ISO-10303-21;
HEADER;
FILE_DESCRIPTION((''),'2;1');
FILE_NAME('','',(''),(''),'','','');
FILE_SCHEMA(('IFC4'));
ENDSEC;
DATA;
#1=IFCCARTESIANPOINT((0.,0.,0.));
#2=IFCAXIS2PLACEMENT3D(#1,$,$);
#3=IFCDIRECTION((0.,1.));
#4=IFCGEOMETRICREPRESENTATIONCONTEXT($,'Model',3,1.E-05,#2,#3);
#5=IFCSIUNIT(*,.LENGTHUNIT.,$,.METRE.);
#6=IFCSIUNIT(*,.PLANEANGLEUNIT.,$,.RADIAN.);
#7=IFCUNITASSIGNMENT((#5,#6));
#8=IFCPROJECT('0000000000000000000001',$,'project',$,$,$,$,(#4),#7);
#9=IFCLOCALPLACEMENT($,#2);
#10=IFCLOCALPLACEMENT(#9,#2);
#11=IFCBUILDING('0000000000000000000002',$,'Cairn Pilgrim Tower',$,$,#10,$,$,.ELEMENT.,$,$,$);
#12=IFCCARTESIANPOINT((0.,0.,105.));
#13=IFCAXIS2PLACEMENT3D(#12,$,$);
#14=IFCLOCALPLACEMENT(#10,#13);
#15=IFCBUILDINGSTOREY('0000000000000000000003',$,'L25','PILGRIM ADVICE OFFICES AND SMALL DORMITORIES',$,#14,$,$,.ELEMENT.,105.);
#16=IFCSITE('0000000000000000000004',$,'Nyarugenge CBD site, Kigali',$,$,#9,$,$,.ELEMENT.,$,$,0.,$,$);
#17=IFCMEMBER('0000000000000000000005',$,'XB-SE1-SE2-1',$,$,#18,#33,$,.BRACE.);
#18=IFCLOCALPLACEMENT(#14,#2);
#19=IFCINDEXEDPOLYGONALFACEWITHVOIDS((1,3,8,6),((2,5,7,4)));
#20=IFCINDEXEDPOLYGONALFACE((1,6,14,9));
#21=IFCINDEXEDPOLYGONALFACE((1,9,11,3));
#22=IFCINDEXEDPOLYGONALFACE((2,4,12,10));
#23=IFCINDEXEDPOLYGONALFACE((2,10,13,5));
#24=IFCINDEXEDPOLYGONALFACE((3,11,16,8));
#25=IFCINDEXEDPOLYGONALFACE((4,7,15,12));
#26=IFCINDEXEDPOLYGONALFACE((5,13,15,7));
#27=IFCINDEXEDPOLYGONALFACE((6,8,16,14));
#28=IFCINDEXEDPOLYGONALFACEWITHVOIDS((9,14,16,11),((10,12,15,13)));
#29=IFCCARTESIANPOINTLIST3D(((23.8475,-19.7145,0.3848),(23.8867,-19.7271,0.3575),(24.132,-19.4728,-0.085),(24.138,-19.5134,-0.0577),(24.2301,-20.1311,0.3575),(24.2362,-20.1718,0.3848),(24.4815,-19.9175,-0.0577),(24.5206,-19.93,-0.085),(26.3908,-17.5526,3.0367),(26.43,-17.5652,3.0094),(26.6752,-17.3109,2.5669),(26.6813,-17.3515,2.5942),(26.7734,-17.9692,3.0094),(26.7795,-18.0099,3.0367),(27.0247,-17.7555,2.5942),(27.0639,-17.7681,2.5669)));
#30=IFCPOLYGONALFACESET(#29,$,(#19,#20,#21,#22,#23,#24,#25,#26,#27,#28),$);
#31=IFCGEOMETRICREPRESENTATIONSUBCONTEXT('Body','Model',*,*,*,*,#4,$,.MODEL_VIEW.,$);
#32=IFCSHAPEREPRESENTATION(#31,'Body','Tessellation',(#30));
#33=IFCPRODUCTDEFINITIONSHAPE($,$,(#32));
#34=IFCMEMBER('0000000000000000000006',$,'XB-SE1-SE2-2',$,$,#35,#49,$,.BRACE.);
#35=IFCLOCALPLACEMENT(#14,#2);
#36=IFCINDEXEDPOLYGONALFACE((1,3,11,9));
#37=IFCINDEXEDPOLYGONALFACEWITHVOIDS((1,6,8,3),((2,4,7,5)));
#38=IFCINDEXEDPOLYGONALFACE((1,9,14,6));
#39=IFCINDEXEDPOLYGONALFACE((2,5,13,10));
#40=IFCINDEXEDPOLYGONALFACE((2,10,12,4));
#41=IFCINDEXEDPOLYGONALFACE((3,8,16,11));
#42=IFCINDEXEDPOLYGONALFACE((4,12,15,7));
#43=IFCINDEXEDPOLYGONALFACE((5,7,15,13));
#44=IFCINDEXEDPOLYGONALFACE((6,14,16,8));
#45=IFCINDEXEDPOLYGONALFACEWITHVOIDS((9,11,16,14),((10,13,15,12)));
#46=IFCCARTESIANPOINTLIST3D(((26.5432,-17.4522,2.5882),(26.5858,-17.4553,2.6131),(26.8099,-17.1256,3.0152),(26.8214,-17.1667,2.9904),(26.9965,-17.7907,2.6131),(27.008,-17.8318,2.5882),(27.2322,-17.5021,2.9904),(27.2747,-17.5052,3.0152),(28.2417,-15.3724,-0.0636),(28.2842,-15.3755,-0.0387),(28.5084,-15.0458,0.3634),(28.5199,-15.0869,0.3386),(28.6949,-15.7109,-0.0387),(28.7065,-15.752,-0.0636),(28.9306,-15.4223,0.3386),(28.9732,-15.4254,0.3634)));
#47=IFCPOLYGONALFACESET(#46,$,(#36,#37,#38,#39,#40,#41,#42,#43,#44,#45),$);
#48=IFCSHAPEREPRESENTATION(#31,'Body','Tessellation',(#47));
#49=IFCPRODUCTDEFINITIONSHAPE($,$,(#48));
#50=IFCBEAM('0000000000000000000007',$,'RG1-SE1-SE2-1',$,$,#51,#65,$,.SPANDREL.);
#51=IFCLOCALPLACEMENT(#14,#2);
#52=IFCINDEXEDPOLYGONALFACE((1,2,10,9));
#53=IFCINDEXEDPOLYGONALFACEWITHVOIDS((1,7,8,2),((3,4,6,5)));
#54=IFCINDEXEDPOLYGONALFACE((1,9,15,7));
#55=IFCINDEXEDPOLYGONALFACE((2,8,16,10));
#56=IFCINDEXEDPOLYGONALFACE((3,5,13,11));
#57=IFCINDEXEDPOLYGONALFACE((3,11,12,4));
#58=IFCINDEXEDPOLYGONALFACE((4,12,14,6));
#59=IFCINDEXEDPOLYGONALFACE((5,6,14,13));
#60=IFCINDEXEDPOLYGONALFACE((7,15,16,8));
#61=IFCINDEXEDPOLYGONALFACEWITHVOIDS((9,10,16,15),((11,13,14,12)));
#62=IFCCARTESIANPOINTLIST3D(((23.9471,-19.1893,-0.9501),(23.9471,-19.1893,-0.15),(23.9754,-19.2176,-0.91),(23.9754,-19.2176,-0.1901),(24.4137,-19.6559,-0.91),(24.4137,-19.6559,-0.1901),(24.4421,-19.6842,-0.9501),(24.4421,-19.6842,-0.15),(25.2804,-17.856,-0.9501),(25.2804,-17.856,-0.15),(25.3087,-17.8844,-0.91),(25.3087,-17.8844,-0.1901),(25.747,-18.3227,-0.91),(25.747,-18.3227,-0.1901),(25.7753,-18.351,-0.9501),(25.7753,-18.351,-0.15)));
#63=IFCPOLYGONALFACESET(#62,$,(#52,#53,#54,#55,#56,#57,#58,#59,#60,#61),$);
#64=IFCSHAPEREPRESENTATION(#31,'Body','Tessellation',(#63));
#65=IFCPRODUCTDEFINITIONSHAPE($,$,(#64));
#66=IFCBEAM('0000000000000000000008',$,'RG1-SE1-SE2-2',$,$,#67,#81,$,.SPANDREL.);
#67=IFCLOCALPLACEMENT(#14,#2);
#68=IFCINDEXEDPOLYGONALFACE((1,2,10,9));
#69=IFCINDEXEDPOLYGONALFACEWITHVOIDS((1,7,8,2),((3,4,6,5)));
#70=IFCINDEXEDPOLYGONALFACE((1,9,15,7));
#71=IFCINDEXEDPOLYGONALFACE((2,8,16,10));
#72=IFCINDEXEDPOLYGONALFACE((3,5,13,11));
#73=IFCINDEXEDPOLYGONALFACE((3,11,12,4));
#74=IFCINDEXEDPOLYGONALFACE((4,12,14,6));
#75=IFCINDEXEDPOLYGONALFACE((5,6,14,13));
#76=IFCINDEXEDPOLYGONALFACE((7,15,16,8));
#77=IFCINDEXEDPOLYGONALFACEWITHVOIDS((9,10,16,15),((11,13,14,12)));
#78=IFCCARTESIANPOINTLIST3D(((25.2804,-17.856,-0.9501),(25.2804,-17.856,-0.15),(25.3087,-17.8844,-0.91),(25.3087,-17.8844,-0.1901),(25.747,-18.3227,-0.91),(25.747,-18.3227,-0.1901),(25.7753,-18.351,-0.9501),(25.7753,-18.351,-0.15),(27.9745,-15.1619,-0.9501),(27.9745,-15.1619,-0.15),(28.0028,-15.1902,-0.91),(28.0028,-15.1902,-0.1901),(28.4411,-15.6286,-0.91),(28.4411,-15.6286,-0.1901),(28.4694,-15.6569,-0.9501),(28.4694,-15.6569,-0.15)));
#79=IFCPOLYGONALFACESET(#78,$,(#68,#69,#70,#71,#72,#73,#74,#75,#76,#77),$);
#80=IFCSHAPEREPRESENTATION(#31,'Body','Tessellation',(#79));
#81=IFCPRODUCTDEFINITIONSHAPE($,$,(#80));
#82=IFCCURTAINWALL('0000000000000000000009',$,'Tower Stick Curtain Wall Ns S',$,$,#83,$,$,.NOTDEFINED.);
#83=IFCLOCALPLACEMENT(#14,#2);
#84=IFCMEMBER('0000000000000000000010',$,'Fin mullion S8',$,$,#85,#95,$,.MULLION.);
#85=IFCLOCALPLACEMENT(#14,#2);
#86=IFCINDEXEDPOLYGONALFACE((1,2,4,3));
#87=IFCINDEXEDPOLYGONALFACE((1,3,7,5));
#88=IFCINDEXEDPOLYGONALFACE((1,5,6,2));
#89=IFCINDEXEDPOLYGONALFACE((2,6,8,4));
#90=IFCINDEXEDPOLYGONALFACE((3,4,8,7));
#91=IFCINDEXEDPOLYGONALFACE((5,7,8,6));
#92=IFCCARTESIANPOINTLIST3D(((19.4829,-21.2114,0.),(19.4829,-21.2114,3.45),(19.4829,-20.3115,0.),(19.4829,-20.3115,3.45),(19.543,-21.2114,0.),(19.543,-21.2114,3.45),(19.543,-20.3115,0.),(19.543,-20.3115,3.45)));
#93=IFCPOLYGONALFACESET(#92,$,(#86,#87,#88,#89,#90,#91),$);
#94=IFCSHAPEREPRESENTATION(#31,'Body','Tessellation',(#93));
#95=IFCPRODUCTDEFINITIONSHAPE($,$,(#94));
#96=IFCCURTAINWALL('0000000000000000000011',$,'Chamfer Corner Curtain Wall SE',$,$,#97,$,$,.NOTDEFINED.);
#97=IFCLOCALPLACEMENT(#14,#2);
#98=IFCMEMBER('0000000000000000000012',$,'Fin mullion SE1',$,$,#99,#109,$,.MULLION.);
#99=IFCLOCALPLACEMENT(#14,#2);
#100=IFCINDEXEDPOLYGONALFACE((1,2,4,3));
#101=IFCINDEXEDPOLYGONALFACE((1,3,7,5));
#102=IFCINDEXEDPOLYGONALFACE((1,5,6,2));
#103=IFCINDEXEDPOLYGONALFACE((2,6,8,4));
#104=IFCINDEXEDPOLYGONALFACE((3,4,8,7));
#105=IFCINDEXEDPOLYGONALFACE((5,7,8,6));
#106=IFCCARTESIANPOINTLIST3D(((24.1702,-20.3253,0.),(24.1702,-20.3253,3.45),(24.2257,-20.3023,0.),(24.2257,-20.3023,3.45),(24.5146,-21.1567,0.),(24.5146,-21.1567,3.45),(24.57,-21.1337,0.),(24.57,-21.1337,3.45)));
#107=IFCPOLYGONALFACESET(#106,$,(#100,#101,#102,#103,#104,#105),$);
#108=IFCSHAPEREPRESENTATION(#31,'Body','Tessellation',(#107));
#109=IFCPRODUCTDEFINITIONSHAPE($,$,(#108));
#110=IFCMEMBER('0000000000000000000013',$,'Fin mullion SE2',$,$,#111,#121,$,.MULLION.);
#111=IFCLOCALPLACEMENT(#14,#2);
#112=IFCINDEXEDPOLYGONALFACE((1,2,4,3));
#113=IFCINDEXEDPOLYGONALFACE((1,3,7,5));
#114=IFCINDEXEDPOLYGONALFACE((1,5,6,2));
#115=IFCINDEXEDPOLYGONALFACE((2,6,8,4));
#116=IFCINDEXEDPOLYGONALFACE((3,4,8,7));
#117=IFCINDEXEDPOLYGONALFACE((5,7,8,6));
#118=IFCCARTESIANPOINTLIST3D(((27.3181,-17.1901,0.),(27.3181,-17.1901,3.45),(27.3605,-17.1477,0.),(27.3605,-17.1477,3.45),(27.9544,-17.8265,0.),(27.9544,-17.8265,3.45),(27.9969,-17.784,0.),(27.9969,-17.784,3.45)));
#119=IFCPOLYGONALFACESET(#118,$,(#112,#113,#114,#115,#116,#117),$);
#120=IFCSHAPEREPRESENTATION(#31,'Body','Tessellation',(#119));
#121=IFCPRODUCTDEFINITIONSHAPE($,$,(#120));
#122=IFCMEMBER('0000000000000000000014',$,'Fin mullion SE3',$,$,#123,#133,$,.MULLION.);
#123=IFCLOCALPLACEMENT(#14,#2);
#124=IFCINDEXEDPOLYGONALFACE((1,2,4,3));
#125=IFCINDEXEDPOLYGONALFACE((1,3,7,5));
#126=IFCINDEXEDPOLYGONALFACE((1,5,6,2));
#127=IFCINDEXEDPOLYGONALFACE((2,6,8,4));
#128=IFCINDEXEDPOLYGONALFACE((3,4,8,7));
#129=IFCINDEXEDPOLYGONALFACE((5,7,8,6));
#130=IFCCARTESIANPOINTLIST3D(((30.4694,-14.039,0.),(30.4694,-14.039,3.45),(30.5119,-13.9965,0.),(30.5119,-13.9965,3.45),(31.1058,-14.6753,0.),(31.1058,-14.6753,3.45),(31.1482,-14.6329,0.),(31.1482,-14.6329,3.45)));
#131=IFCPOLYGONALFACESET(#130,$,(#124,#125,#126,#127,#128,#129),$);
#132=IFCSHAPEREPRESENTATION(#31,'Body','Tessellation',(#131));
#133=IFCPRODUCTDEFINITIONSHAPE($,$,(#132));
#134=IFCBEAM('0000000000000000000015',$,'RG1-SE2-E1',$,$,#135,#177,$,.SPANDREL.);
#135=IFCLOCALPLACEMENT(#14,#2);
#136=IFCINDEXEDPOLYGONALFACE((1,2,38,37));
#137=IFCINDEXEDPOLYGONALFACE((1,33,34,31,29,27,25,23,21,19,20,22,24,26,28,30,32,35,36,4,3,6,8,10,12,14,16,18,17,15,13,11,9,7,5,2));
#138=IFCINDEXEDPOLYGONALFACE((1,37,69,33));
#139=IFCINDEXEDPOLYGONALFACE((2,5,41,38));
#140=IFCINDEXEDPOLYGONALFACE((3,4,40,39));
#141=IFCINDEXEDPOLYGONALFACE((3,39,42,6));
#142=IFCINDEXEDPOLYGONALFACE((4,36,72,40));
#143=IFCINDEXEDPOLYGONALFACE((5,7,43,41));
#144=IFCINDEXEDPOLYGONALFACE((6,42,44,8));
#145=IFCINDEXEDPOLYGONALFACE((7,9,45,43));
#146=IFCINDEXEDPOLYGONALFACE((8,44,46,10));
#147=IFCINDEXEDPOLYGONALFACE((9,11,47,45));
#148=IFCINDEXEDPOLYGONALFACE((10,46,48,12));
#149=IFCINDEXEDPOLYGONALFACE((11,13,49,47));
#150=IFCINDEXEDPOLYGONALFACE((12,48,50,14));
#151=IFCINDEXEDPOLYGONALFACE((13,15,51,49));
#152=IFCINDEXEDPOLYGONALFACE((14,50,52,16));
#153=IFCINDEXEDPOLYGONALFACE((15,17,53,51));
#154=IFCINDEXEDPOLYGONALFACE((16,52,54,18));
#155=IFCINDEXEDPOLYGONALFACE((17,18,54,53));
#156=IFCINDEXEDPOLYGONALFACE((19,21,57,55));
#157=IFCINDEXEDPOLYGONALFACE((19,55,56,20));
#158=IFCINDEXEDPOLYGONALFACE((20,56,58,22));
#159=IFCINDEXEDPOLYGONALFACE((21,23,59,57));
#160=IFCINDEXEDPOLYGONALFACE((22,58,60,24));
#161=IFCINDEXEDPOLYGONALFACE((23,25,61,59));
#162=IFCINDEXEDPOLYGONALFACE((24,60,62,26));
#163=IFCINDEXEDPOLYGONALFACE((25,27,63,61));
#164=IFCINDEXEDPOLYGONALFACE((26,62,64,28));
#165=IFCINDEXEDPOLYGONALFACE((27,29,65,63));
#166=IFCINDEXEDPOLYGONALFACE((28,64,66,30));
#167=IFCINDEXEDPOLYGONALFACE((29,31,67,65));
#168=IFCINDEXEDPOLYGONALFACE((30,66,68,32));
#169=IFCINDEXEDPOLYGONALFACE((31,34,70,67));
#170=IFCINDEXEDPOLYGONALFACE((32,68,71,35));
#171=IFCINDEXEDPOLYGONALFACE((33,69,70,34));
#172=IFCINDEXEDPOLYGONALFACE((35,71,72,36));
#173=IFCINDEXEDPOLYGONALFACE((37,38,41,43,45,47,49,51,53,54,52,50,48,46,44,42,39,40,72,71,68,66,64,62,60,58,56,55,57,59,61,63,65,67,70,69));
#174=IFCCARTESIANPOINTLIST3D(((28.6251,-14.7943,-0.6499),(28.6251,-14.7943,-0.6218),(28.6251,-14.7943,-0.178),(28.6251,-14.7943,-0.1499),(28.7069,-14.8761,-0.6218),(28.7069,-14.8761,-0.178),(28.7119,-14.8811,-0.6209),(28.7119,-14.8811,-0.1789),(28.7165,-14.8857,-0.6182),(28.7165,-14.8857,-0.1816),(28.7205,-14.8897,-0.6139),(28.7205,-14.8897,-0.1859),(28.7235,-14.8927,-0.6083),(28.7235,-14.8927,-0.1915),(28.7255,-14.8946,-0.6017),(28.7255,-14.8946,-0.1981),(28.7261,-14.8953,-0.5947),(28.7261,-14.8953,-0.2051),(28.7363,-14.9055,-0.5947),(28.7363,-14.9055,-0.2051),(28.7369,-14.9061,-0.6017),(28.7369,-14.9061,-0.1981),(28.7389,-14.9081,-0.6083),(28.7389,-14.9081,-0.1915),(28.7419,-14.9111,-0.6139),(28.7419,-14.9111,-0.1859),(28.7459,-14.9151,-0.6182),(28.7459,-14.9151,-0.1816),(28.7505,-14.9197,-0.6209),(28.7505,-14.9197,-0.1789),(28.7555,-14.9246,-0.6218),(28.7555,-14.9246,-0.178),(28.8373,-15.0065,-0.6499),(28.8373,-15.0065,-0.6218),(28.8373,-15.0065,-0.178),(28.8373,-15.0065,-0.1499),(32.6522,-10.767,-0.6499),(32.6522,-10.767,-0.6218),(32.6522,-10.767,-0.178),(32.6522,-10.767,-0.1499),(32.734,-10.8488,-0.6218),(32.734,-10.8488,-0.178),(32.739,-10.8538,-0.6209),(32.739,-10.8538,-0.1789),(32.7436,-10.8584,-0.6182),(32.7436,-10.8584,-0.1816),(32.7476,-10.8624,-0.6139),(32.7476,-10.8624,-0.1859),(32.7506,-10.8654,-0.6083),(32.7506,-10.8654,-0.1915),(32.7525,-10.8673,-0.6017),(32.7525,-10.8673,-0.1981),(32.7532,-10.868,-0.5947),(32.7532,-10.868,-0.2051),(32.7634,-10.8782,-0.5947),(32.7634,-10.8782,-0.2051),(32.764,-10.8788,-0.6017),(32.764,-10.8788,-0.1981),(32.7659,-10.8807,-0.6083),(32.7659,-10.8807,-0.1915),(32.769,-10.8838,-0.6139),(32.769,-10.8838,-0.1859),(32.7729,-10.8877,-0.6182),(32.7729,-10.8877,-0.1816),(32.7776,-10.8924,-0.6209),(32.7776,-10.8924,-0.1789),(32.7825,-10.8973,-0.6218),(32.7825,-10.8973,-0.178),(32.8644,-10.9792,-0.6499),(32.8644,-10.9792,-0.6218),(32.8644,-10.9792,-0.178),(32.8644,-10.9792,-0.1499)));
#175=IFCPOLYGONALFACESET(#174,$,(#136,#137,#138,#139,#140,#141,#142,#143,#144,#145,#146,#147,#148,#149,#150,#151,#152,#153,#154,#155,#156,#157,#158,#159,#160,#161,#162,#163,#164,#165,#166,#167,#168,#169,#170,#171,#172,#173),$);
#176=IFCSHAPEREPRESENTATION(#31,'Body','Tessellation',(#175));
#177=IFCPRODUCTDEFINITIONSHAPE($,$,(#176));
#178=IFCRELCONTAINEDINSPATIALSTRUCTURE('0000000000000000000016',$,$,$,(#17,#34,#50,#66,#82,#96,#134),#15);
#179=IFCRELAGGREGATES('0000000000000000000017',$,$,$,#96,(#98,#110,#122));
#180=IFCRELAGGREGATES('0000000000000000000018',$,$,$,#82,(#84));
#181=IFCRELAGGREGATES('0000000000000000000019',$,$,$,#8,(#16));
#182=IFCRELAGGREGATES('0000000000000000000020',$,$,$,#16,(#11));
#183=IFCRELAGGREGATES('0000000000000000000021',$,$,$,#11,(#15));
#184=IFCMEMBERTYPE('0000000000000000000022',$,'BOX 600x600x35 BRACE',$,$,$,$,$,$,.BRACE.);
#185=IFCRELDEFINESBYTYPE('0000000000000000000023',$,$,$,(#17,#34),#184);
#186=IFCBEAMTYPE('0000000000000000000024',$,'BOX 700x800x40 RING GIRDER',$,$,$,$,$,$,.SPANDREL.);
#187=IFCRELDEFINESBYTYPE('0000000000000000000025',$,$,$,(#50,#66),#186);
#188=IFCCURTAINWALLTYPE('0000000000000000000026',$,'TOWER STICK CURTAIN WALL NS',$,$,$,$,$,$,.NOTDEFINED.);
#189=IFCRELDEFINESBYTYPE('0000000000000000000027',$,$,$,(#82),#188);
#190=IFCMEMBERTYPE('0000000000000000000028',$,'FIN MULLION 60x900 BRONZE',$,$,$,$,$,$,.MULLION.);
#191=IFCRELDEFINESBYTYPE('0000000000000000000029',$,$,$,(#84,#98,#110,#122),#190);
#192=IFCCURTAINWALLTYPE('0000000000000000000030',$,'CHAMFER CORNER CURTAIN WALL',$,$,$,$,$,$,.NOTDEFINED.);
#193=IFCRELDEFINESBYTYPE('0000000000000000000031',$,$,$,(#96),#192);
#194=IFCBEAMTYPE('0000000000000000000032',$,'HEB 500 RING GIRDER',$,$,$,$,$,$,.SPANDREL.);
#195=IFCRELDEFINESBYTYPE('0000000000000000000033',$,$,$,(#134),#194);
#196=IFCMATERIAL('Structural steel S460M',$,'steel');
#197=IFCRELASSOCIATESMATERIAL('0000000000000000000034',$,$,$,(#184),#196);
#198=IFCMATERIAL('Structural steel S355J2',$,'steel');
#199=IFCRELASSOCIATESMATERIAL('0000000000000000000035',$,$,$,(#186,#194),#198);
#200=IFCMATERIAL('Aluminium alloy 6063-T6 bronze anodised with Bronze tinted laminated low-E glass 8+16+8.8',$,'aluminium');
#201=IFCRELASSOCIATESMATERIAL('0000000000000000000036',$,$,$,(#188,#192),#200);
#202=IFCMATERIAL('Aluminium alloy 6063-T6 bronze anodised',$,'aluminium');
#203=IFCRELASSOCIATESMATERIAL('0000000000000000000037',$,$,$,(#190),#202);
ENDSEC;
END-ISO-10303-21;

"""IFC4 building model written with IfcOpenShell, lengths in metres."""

from ifc_helpers import new_model, si_unit, direction, frame, origin, origin_2d, place, context, subcontext, project, spatial, rectangle, hollow_rectangle, i_section, extrude, material, material_profile, profile_set, type_object, element, aggregate, save


model = new_model("IFC4")

# Units and contexts
model_context = context("Model", 3, precision=1e-05, world=origin(), true_north=direction((0.0, 1.0)))
body_context = subcontext(model_context, "Body", "Model", "MODEL_VIEW")
ifc_project = project(units=[si_unit("LENGTHUNIT", "METRE"), si_unit("PLANEANGLEUNIT", "RADIAN")], contexts=[model_context])

# Site, building, storey
site_placement = place(None, origin())
site = spatial("IfcSite", under=ifc_project, at=site_placement, Name="Nyarugenge CBD site, Kigali", CompositionType="ELEMENT", RefElevation=0.0)
building_placement = place(site_placement, origin())
building = spatial("IfcBuilding", under=site, at=building_placement, Name="Cairn Pilgrim Tower", CompositionType="ELEMENT")
storey_placement = place(building_placement, frame((0.0, 0.0, 105.0)))
storey = spatial("IfcBuildingStorey", under=building, at=storey_placement, Name="L25", Description="PILGRIM ADVICE OFFICES AND SMALL DORMITORIES", CompositionType="ELEMENT", Elevation=105.0)

# Shared definitions
ifc_material_1 = material(Name="Structural steel S460M", Category="steel")

# Members
ifc_material_profile_1 = material_profile(ifc_material_1, hollow_rectangle(XDim=0.6001, YDim=0.6001, WallThickness=0.0349, at=origin_2d()), Name="BOX 600x600x35")
ifc_profile_set_1 = profile_set([ifc_material_profile_1], Name="Structural steel S460M")
member_type_1 = type_object("IfcMemberType", Name="BOX 600x600x35 BRACE", PredefinedType="BRACE", material=ifc_profile_set_1)
member_1_placement = place(storey_placement, frame((24.1841, -19.8223, 0.1499), z_axis=(0.596566, 0.507112, 0.62205), x_axis=(-0.647672, 0.761919, 0.0)))
element("IfcMember", 1, at=member_1_placement, inside=storey, type_object=member_type_1, Name="XB-SE1-SE2-1", PredefinedType="BRACE", context=body_context, shape_type="SweptSolid", body=[
    extrude(hollow_rectangle(XDim=0.6001, YDim=0.6001, WallThickness=0.0349, at=origin_2d()), origin(), (0.0, 0.0, 1.0), 4.2632),
])
member_2_placement = place(storey_placement, frame((28.6074, -15.3989, 0.1499), z_axis=(-0.450052, -0.551099, 0.702669), x_axis=(0.77454, -0.632525, 0.0)))
element("IfcMember", 2, at=member_2_placement, inside=storey, type_object=member_type_1, Name="XB-SE1-SE2-2", PredefinedType="BRACE", context=body_context, shape_type="SweptSolid", body=[
    extrude(hollow_rectangle(XDim=0.6001, YDim=0.6001, WallThickness=0.0349, at=origin_2d()), origin(), (0.0, 0.0, 1.0), 3.7739),
])

# Beams
ifc_material_2 = material(Name="Structural steel S355J2", Category="steel")
ifc_material_profile_2 = material_profile(ifc_material_2, hollow_rectangle(XDim=0.7, YDim=0.8, WallThickness=0.04, at=origin_2d()), Name="BOX 700x800x40")
ifc_profile_set_2 = profile_set([ifc_material_profile_2], Name="Structural steel S355J2")
beam_type_1 = type_object("IfcBeamType", Name="BOX 700x800x40 RING GIRDER", PredefinedType="SPANDREL", material=ifc_profile_set_2)
beam_1_placement = place(storey_placement, frame((24.1946, -19.4368, -0.55), z_axis=(0.707107, 0.707107, 0.0), x_axis=(-0.707107, 0.707107, 0.0)))
element("IfcBeam", 3, at=beam_1_placement, inside=storey, type_object=beam_type_1, Name="RG1-SE1-SE2-1", PredefinedType="SPANDREL", context=body_context, shape_type="SweptSolid", body=[
    extrude(hollow_rectangle(XDim=0.7, YDim=0.8, WallThickness=0.04, at=origin_2d()), origin(), (0.0, 0.0, 1.0), 1.8855),
])
beam_2_placement = place(storey_placement, frame((25.5278, -18.1035, -0.55), z_axis=(0.707107, 0.707107, 0.0), x_axis=(-0.707107, 0.707107, 0.0)))
element("IfcBeam", 4, at=beam_2_placement, inside=storey, type_object=beam_type_1, Name="RG1-SE1-SE2-2", PredefinedType="SPANDREL", context=body_context, shape_type="SweptSolid", body=[
    extrude(hollow_rectangle(XDim=0.7, YDim=0.8, WallThickness=0.04, at=origin_2d()), origin(), (0.0, 0.0, 1.0), 3.8101),
])

# Curtain wall, member
ifc_material_3 = material(Name="Aluminium alloy 6063-T6 bronze anodised with Bronze tinted laminated low-E glass 8+16+8.8", Category="aluminium")
curtain_wall_type_1 = type_object("IfcCurtainWallType", Name="TOWER STICK CURTAIN WALL NS", PredefinedType="NOTDEFINED", material=ifc_material_3)
curtain_wall_1_placement = place(storey_placement, origin())
curtain_wall_1 = element("IfcCurtainWall", 5, at=curtain_wall_1_placement, inside=storey, type_object=curtain_wall_type_1, Name="Tower Stick Curtain Wall Ns S", PredefinedType="NOTDEFINED")
ifc_material_4 = material(Name="Aluminium alloy 6063-T6 bronze anodised", Category="aluminium")
ifc_material_profile_3 = material_profile(ifc_material_4, rectangle(XDim=0.8999, YDim=0.0601, at=origin_2d()), Name="FIN MULLION 60x900 BRONZE")
ifc_profile_set_3 = profile_set([ifc_material_profile_3], Name="Aluminium alloy 6063-T6 bronze anodised")
member_type_2 = type_object("IfcMemberType", Name="FIN MULLION 60x900 BRONZE", PredefinedType="MULLION", material=ifc_profile_set_3)
member_3_placement = place(storey_placement, frame((19.5129, -20.7615, 0.0), z_axis=(0.0, 0.0, 1.0), x_axis=(0.0, -1.0, 0.0)))
member_3 = element("IfcMember", 6, at=member_3_placement, type_object=member_type_2, Name="Fin mullion S8", PredefinedType="MULLION", context=body_context, shape_type="SweptSolid", body=[
    extrude(rectangle(XDim=0.8999, YDim=0.0601, at=origin_2d()), origin(), (0.0, 0.0, 1.0), 3.45),
])

# Curtain wall, members
curtain_wall_type_2 = type_object("IfcCurtainWallType", Name="CHAMFER CORNER CURTAIN WALL", PredefinedType="NOTDEFINED", material=ifc_material_3)
curtain_wall_2_placement = place(storey_placement, origin())
curtain_wall_2 = element("IfcCurtainWall", 7, at=curtain_wall_2_placement, inside=storey, type_object=curtain_wall_type_2, Name="Chamfer Corner Curtain Wall SE", PredefinedType="NOTDEFINED")
member_4_placement = place(storey_placement, frame((24.3701, -20.7295, 0.0), z_axis=(0.0, 0.0, 1.0), x_axis=(0.382683, -0.92388, 0.0)))
member_4 = element("IfcMember", 8, at=member_4_placement, type_object=member_type_2, Name="Fin mullion SE1", PredefinedType="MULLION", context=body_context, shape_type="SweptSolid", body=[
    extrude(rectangle(XDim=0.8999, YDim=0.0601, at=origin_2d()), origin(), (0.0, 0.0, 1.0), 3.45),
])
member_5_placement = place(storey_placement, frame((27.6575, -17.4871, 0.0), z_axis=(0.0, 0.0, 1.0), x_axis=(0.707107, -0.707107, 0.0)))
member_5 = element("IfcMember", 9, at=member_5_placement, type_object=member_type_2, Name="Fin mullion SE2", PredefinedType="MULLION", context=body_context, shape_type="SweptSolid", body=[
    extrude(rectangle(XDim=0.8999, YDim=0.0601, at=origin_2d()), origin(), (0.0, 0.0, 1.0), 3.45),
])
member_6_placement = place(storey_placement, frame((30.8088, -14.3359, 0.0), z_axis=(0.0, 0.0, 1.0), x_axis=(0.707107, -0.707107, 0.0)))
member_6 = element("IfcMember", 10, at=member_6_placement, type_object=member_type_2, Name="Fin mullion SE3", PredefinedType="MULLION", context=body_context, shape_type="SweptSolid", body=[
    extrude(rectangle(XDim=0.8999, YDim=0.0601, at=origin_2d()), origin(), (0.0, 0.0, 1.0), 3.45),
])

# Beam
ifc_material_profile_4 = material_profile(ifc_material_2, i_section(OverallWidth=0.3, OverallDepth=0.5, WebThickness=0.0144, FlangeThickness=0.0281, FilletRadius=0.0271, at=origin_2d()), Name="HEB 500")
ifc_profile_set_4 = profile_set([ifc_material_profile_4], Name="Structural steel S355J2")
beam_type_2 = type_object("IfcBeamType", Name="HEB 500 RING GIRDER", PredefinedType="SPANDREL", material=ifc_profile_set_4)
beam_3_placement = place(storey_placement, frame((28.7312, -14.9004, -0.3999), z_axis=(0.707085, 0.707128, 0.0), x_axis=(-0.707128, 0.707085, 0.0)))
element("IfcBeam", 11, at=beam_3_placement, inside=storey, type_object=beam_type_2, Name="RG1-SE2-E1", PredefinedType="SPANDREL", context=body_context, shape_type="SweptSolid", body=[
    extrude(i_section(OverallWidth=0.3, OverallDepth=0.5, WebThickness=0.0144, FlangeThickness=0.0281, FilletRadius=0.0271, at=origin_2d()), origin(), (0.0, 0.0, 1.0), 5.6953),
])

aggregate(curtain_wall_2, [member_4, member_5, member_6])
aggregate(curtain_wall_1, [member_3])

save(model, "model.ifc")
